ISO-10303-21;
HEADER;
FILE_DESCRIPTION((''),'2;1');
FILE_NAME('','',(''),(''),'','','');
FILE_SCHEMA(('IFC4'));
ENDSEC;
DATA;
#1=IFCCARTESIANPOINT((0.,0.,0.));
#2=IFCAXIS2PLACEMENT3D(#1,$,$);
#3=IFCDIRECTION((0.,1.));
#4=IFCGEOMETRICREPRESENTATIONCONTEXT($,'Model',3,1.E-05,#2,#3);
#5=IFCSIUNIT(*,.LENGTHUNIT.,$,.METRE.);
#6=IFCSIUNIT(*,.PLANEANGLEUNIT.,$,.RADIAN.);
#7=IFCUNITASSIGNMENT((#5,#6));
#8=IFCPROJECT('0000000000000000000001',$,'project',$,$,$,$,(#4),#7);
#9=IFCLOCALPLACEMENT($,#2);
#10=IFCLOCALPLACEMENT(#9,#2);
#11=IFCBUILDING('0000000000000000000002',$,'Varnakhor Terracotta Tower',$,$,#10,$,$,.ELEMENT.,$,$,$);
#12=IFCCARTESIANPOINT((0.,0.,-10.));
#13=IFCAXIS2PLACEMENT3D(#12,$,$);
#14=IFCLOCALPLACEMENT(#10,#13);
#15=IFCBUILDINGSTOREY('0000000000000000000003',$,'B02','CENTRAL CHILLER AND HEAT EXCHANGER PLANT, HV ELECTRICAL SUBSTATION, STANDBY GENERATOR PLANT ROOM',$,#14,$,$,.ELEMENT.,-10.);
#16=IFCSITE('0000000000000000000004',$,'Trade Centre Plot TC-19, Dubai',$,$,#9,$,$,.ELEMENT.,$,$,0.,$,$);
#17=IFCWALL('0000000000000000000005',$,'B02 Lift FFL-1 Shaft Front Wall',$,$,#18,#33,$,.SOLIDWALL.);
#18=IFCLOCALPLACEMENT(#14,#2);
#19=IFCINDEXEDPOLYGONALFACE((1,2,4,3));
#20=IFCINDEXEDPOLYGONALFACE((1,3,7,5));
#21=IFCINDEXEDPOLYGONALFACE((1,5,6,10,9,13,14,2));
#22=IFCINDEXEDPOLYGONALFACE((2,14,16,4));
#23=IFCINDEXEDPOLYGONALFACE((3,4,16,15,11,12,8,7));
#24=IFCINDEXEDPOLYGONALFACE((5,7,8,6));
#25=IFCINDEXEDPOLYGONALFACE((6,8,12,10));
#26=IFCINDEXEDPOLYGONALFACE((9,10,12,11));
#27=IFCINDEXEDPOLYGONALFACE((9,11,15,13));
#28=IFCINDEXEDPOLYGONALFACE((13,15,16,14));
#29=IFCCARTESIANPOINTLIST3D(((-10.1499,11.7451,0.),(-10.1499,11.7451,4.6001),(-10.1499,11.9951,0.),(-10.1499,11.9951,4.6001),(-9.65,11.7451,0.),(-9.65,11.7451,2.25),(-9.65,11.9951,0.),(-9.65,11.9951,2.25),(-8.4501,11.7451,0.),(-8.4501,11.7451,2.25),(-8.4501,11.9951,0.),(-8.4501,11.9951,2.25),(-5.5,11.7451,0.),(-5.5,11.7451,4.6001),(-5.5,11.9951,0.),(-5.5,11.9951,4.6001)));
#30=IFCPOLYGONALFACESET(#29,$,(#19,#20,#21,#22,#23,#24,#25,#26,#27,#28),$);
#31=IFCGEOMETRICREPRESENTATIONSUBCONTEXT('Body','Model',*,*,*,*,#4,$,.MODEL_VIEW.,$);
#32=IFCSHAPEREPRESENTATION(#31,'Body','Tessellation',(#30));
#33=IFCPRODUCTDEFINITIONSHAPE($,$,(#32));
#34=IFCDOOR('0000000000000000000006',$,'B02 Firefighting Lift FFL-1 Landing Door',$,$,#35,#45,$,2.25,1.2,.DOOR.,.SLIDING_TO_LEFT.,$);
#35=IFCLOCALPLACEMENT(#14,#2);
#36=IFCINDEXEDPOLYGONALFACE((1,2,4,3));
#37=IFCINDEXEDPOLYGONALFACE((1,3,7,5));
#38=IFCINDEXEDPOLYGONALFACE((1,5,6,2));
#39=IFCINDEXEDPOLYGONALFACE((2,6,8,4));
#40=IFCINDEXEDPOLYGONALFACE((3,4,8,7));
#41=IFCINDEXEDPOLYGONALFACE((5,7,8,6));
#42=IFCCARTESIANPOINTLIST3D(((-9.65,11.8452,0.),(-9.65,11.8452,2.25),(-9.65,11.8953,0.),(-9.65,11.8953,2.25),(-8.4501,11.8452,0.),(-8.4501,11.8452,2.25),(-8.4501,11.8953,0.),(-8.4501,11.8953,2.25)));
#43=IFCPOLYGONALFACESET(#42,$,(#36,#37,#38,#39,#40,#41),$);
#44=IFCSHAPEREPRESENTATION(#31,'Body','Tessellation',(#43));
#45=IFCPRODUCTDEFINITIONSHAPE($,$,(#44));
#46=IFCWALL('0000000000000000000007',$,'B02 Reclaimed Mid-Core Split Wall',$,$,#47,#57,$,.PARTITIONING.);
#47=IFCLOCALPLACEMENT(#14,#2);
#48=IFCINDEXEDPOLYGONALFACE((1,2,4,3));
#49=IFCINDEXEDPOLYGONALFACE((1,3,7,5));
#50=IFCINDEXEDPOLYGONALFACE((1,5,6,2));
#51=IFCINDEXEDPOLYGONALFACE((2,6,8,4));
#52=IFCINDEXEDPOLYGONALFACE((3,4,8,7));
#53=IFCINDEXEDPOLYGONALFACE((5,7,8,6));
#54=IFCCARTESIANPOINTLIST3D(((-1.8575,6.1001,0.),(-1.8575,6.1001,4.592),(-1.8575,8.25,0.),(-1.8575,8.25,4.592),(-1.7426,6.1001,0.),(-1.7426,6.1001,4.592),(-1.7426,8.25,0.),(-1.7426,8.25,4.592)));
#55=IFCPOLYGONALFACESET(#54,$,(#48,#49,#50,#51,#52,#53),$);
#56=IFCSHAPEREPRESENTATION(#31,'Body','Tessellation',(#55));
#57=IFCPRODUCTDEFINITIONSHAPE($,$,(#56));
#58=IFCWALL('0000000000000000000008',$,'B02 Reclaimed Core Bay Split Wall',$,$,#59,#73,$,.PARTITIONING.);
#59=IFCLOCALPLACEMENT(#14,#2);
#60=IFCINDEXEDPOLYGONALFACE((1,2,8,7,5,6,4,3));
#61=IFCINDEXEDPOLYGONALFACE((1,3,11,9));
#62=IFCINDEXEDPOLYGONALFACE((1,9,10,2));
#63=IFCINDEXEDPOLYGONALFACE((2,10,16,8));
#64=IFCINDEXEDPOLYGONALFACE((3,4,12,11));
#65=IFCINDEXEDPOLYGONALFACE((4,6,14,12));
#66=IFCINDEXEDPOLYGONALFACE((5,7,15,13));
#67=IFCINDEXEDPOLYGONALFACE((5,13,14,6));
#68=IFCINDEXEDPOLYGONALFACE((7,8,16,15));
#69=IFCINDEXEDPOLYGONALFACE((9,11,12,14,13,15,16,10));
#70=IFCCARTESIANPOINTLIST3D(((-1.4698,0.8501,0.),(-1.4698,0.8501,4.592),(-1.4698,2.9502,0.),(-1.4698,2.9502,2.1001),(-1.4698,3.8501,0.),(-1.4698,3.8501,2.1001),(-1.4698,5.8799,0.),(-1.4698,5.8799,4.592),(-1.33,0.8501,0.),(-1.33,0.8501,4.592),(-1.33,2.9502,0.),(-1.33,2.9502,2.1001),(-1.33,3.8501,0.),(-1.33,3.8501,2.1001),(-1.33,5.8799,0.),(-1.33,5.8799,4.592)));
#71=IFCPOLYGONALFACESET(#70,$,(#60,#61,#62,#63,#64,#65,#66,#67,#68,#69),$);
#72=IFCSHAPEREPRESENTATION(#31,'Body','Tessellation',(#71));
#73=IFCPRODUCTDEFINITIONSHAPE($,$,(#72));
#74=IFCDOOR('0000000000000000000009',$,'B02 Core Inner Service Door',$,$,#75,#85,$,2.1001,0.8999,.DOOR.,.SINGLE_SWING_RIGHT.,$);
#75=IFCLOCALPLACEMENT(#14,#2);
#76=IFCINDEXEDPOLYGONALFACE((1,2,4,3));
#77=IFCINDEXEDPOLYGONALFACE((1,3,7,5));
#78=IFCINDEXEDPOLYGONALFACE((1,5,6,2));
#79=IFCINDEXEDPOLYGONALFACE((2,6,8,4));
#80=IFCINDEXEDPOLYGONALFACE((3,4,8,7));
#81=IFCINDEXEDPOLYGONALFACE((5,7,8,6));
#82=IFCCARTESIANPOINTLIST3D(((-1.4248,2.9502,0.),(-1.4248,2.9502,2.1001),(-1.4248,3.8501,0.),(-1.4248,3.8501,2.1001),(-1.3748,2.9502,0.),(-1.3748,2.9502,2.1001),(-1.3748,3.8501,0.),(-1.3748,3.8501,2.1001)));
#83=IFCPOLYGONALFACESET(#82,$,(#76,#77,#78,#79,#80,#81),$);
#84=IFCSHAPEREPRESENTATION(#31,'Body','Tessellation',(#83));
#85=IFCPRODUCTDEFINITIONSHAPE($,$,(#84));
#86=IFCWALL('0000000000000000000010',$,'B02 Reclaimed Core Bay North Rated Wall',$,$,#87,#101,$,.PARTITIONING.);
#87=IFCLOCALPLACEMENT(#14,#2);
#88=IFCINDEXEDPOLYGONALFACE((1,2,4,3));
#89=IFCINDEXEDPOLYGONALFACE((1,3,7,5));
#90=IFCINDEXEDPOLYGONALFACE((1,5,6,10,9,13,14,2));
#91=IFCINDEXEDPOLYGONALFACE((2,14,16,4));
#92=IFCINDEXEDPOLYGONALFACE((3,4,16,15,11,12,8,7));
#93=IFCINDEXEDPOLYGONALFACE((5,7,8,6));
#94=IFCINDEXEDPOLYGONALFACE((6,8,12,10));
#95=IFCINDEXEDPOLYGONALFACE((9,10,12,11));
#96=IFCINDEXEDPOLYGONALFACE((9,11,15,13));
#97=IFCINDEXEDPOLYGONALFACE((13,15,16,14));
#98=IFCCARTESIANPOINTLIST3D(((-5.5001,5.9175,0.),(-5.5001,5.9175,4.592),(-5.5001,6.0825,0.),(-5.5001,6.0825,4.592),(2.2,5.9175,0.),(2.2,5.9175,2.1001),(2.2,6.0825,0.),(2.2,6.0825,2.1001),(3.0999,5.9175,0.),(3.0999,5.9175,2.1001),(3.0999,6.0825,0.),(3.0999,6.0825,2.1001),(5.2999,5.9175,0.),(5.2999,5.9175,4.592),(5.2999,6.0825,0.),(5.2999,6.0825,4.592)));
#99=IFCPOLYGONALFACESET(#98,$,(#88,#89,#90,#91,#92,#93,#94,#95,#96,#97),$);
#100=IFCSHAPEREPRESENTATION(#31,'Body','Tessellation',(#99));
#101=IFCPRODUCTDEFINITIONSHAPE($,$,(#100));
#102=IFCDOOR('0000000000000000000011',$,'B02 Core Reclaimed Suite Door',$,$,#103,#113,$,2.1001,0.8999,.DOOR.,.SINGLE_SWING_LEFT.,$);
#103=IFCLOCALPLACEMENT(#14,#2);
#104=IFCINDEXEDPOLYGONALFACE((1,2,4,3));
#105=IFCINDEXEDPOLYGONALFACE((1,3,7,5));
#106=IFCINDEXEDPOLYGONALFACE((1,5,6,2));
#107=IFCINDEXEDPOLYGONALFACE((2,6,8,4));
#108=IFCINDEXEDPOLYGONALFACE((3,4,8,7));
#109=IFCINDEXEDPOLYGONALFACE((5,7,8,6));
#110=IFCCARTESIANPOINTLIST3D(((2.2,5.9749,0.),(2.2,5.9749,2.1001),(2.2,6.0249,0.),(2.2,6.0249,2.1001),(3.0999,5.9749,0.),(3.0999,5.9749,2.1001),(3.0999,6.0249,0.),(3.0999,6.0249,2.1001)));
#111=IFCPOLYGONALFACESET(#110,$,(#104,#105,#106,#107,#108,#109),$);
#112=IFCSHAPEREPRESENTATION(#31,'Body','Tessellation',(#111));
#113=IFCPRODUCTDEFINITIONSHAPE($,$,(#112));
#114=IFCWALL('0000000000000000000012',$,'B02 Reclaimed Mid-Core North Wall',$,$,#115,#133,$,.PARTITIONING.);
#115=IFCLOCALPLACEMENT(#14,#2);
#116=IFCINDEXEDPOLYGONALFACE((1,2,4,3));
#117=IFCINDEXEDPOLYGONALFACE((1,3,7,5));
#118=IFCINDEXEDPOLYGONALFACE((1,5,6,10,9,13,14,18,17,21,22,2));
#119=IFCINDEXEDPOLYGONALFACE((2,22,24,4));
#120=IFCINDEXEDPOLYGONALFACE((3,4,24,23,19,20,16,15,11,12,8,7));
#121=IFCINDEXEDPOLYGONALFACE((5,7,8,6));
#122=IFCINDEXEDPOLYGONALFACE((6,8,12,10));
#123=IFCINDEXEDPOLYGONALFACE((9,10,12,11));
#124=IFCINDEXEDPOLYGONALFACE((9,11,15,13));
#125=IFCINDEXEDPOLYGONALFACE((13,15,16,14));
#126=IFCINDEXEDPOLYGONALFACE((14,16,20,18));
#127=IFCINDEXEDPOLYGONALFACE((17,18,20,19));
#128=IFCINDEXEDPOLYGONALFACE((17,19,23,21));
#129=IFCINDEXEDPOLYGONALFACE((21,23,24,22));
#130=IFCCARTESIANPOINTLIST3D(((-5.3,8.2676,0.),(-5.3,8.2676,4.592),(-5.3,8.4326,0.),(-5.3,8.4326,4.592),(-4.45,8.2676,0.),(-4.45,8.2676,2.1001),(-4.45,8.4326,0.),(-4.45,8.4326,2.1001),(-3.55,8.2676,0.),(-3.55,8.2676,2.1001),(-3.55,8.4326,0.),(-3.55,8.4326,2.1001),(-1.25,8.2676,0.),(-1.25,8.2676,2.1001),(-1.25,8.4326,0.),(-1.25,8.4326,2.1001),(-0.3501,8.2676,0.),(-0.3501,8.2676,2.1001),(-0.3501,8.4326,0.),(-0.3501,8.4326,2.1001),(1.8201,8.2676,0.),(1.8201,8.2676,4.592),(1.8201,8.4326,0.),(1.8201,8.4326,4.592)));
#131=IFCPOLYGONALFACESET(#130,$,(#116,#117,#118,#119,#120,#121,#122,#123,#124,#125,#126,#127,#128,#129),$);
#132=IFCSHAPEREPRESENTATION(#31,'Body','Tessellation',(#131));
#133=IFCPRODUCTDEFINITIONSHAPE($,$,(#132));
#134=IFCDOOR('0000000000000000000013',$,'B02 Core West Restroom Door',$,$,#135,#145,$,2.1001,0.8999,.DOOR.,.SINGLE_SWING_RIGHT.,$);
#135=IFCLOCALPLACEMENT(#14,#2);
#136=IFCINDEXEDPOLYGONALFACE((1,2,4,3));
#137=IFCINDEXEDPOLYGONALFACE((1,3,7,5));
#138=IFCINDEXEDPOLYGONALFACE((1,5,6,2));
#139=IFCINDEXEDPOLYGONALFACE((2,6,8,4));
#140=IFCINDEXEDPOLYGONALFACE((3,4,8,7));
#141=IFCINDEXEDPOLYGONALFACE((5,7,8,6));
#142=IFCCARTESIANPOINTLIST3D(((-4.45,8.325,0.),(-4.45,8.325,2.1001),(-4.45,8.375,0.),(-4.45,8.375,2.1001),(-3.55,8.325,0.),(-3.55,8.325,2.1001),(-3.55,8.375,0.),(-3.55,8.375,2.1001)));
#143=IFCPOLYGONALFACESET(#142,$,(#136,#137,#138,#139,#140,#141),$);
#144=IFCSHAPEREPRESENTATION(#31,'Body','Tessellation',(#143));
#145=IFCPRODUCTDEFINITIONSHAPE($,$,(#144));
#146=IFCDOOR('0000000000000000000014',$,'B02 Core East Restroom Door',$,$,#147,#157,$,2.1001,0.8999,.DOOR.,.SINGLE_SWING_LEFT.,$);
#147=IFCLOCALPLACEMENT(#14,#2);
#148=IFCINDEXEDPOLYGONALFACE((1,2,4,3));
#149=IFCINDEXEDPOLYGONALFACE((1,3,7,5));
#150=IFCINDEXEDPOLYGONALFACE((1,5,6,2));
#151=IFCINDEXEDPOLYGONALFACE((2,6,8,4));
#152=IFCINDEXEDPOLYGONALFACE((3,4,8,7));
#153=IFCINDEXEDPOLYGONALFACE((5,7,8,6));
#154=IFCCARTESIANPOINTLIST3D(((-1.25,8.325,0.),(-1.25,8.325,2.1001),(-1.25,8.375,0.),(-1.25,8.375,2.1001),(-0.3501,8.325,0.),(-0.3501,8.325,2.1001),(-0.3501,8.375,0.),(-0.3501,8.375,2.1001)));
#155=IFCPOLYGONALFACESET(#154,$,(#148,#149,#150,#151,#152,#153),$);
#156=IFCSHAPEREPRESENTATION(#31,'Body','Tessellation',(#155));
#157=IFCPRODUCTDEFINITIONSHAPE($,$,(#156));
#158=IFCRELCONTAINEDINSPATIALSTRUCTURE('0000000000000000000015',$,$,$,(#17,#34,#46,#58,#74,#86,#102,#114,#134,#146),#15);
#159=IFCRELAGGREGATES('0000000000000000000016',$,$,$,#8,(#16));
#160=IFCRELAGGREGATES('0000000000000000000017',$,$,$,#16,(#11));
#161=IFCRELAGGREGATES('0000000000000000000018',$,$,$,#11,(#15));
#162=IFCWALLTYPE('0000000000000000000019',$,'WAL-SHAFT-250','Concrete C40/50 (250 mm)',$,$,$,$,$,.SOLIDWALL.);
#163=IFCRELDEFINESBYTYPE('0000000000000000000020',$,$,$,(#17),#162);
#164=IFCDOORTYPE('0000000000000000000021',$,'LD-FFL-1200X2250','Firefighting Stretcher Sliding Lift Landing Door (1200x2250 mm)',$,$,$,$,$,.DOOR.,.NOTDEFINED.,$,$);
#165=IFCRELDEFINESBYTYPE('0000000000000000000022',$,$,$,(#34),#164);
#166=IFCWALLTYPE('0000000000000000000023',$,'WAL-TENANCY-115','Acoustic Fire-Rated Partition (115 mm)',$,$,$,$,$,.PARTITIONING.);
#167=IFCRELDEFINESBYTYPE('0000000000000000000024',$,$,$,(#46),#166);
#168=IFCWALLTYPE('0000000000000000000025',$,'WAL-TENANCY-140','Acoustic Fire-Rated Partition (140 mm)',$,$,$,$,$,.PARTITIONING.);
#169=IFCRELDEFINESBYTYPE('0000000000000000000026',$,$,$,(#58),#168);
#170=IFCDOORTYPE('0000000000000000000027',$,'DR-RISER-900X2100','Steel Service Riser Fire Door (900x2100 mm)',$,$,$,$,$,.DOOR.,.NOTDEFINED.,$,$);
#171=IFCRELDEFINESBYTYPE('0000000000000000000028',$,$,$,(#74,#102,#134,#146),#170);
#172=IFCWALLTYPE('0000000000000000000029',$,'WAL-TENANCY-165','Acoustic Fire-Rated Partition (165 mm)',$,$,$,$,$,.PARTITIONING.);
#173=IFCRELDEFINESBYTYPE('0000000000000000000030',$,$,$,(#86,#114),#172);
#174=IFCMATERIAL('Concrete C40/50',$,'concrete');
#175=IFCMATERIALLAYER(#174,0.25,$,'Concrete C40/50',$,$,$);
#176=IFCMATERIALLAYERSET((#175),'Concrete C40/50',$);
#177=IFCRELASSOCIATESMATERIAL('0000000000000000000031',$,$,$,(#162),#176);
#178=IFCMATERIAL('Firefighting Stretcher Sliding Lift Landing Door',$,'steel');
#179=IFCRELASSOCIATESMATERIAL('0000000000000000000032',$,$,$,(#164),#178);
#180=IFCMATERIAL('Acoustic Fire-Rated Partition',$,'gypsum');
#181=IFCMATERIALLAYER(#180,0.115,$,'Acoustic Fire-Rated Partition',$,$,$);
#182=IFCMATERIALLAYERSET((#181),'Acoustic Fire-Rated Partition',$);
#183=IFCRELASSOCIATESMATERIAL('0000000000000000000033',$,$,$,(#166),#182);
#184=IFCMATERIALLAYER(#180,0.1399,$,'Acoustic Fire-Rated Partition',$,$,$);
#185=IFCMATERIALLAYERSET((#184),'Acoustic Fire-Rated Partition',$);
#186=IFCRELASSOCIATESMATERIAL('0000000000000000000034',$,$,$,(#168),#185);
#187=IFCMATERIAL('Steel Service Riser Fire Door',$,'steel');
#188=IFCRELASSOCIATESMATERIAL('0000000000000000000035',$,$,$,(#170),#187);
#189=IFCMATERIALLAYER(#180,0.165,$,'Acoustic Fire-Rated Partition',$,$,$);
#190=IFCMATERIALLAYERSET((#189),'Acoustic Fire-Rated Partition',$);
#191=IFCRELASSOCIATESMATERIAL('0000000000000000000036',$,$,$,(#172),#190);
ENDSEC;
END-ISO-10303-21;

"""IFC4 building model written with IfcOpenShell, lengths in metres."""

from ifc_helpers import new_model, si_unit, direction, frame, frame_2d, origin, place, context, subcontext, project, spatial, rectangle, extrude, source, transform, mapped, material, layer, layer_set, type_object, type_shapes, element, fill, save


model = new_model("IFC4")

# Units and contexts
model_context = context("Model", 3, precision=1e-05, world=origin(), true_north=direction((0.0, 1.0)))
body_context = subcontext(model_context, "Body", "Model", "MODEL_VIEW")
ifc_project = project(units=[si_unit("LENGTHUNIT", "METRE"), si_unit("PLANEANGLEUNIT", "RADIAN")], contexts=[model_context])

# Site, building, storey
site_placement = place(None, origin())
site = spatial("IfcSite", under=ifc_project, at=site_placement, Name="Trade Centre Plot TC-19, Dubai", CompositionType="ELEMENT", RefElevation=0.0)
building_placement = place(site_placement, origin())
building = spatial("IfcBuilding", under=site, at=building_placement, Name="Varnakhor Terracotta Tower", CompositionType="ELEMENT")
storey_placement = place(building_placement, frame((0.0, 0.0, -10.0)))
storey = spatial("IfcBuildingStorey", under=building, at=storey_placement, Name="B02", Description="CENTRAL CHILLER AND HEAT EXCHANGER PLANT, HV ELECTRICAL SUBSTATION, STANDBY GENERATOR PLANT ROOM", CompositionType="ELEMENT", Elevation=-10.0)

# Shared definitions
ifc_material_1 = material(Name="Concrete C40/50", Category="concrete")

# Shared definitions
ifc_layer_1 = layer(ifc_material_1, 0.25, Name="Concrete C40/50")
ifc_layer_set_1 = layer_set([ifc_layer_1], Name="Concrete C40/50")
wall_type_1 = type_object("IfcWallType", Name="WAL-SHAFT-250", Description="Concrete C40/50 (250 mm)", PredefinedType="SOLIDWALL", material=ifc_layer_set_1)

# Wall, opening, door
wall_1_placement = place(storey_placement, frame((-5.5, 11.8701, 0.0), z_axis=(0.0, 0.0, 1.0), x_axis=(-1.0, 0.0, 0.0)))
wall_1 = element("IfcWall", 1, at=wall_1_placement, inside=storey, type_object=wall_type_1, Name="B02 Lift FFL-1 Shaft Front Wall", PredefinedType="SOLIDWALL", context=body_context, shape_type="SweptSolid", body=[
    extrude(rectangle(XDim=4.6499, YDim=0.25, at=frame_2d((2.325, 0.0))), origin(), (0.0, 0.0, 1.0), 4.6001),
])
opening_1_placement = place(wall_1_placement, frame((2.95, 0.0, 0.0)))
opening_1 = element("IfcOpeningElement", 2, at=opening_1_placement, cuts=wall_1, PredefinedType="OPENING", context=body_context, shape_type="SweptSolid", body=[
    extrude(rectangle(XDim=1.2, YDim=2.25, at=frame_2d((0.6001, 1.125))), frame((0.0, 0.135, 0.0), z_axis=(0.0, -1.0, 0.0), x_axis=(1.0, 0.0, 0.0)), (0.0, 0.0, 1.0), 0.27),
])
ifc_material_2 = material(Name="Firefighting Stretcher Sliding Lift Landing Door", Category="steel")
door_type_1 = type_object("IfcDoorType", Name="LD-FFL-1200X2250", Description="Firefighting Stretcher Sliding Lift Landing Door (1200x2250 mm)", OperationType="NOTDEFINED", PredefinedType="DOOR", material=ifc_material_2)
shared_shape_1 = source(origin(), body_context, "Body", "SweptSolid", [
    extrude(rectangle(XDim=1.2, YDim=2.25, at=frame_2d((0.6001, 1.125))), frame((0.0, 0.0249, 0.0), z_axis=(0.0, -1.0, 0.0), x_axis=(1.0, 0.0, 0.0)), (0.0, 0.0, 1.0), 0.05),
])
type_shapes(door_type_1, [shared_shape_1])
door_1_placement = place(opening_1_placement, origin())
door_1 = element("IfcDoor", 3, at=door_1_placement, inside=storey, type_object=door_type_1, Name="B02 Firefighting Lift FFL-1 Landing Door", OperationType="SLIDING_TO_LEFT", OverallHeight=2.25, OverallWidth=1.2, PredefinedType="DOOR", context=body_context, shape_type="MappedRepresentation", body=[
    mapped(shared_shape_1, transform((0.0, 0.0, 0.0), scale=1.0)),
])
fill(opening_1, door_1)

# Wall
ifc_material_3 = material(Name="Acoustic Fire-Rated Partition", Category="gypsum")
ifc_layer_2 = layer(ifc_material_3, 0.115, Name="Acoustic Fire-Rated Partition")
ifc_layer_set_2 = layer_set([ifc_layer_2], Name="Acoustic Fire-Rated Partition")
wall_type_2 = type_object("IfcWallType", Name="WAL-TENANCY-115", Description="Acoustic Fire-Rated Partition (115 mm)", PredefinedType="PARTITIONING", material=ifc_layer_set_2)
wall_2_placement = place(storey_placement, frame((-1.8, 6.1001, 0.0), z_axis=(0.0, 0.0, 1.0), x_axis=(0.0, 1.0, 0.0)))
element("IfcWall", 4, at=wall_2_placement, inside=storey, type_object=wall_type_2, Name="B02 Reclaimed Mid-Core Split Wall", PredefinedType="PARTITIONING", context=body_context, shape_type="SweptSolid", body=[
    extrude(rectangle(XDim=2.1499, YDim=0.115, at=frame_2d((1.075, 0.0))), origin(), (0.0, 0.0, 1.0), 4.592),
])

# Walls, openings, doors
ifc_layer_3 = layer(ifc_material_3, 0.1399, Name="Acoustic Fire-Rated Partition")
ifc_layer_set_3 = layer_set([ifc_layer_3], Name="Acoustic Fire-Rated Partition")
wall_type_3 = type_object("IfcWallType", Name="WAL-TENANCY-140", Description="Acoustic Fire-Rated Partition (140 mm)", PredefinedType="PARTITIONING", material=ifc_layer_set_3)
wall_3_placement = place(storey_placement, frame((-1.3999, 0.8501, 0.0), z_axis=(0.0, 0.0, 1.0), x_axis=(0.0, 1.0, 0.0)))
wall_3 = element("IfcWall", 5, at=wall_3_placement, inside=storey, type_object=wall_type_3, Name="B02 Reclaimed Core Bay Split Wall", PredefinedType="PARTITIONING", context=body_context, shape_type="SweptSolid", body=[
    extrude(rectangle(XDim=5.0298, YDim=0.1399, at=frame_2d((2.5149, 0.0))), origin(), (0.0, 0.0, 1.0), 4.592),
])
opening_2_placement = place(wall_3_placement, frame((2.1001, 0.0, 0.0)))
opening_2 = element("IfcOpeningElement", 6, at=opening_2_placement, cuts=wall_3, PredefinedType="OPENING", context=body_context, shape_type="SweptSolid", body=[
    extrude(rectangle(XDim=0.8999, YDim=2.1001, at=frame_2d((0.45, 1.05))), frame((0.0, 0.0801, 0.0), z_axis=(0.0, -1.0, 0.0), x_axis=(1.0, 0.0, 0.0)), (0.0, 0.0, 1.0), 0.1599),
])
ifc_material_4 = material(Name="Steel Service Riser Fire Door", Category="steel")
door_type_2 = type_object("IfcDoorType", Name="DR-RISER-900X2100", Description="Steel Service Riser Fire Door (900x2100 mm)", OperationType="NOTDEFINED", PredefinedType="DOOR", material=ifc_material_4)
shared_shape_2 = source(origin(), body_context, "Body", "SweptSolid", [
    extrude(rectangle(XDim=0.8999, YDim=2.1001, at=frame_2d((0.45, 1.05))), frame((0.0, 0.0249, 0.0), z_axis=(0.0, -1.0, 0.0), x_axis=(1.0, 0.0, 0.0)), (0.0, 0.0, 1.0), 0.05),
])
type_shapes(door_type_2, [shared_shape_2])
door_2_placement = place(opening_2_placement, origin())
door_2 = element("IfcDoor", 7, at=door_2_placement, inside=storey, type_object=door_type_2, Name="B02 Core Inner Service Door", OperationType="SINGLE_SWING_RIGHT", OverallHeight=2.1001, OverallWidth=0.8999, PredefinedType="DOOR", context=body_context, shape_type="MappedRepresentation", body=[
    mapped(shared_shape_2, transform((0.0, 0.0, 0.0), scale=1.0)),
])
fill(opening_2, door_2)
ifc_layer_4 = layer(ifc_material_3, 0.165, Name="Acoustic Fire-Rated Partition")
ifc_layer_set_4 = layer_set([ifc_layer_4], Name="Acoustic Fire-Rated Partition")
wall_type_4 = type_object("IfcWallType", Name="WAL-TENANCY-165", Description="Acoustic Fire-Rated Partition (165 mm)", PredefinedType="PARTITIONING", material=ifc_layer_set_4)
wall_4_placement = place(storey_placement, frame((-5.5, 6.0, 0.0), z_axis=(0.0, 0.0, 1.0), x_axis=(1.0, 0.0, 0.0)))
wall_4 = element("IfcWall", 8, at=wall_4_placement, inside=storey, type_object=wall_type_4, Name="B02 Reclaimed Core Bay North Rated Wall", PredefinedType="PARTITIONING", context=body_context, shape_type="SweptSolid", body=[
    extrude(rectangle(XDim=10.8, YDim=0.165, at=frame_2d((5.3999, 0.0))), origin(), (0.0, 0.0, 1.0), 4.592),
])
opening_3_placement = place(wall_4_placement, frame((7.7, 0.0, 0.0)))
opening_3 = element("IfcOpeningElement", 9, at=opening_3_placement, cuts=wall_4, PredefinedType="OPENING", context=body_context, shape_type="SweptSolid", body=[
    extrude(rectangle(XDim=0.8999, YDim=2.1001, at=frame_2d((0.45, 1.05))), frame((0.0, 0.0925, 0.0), z_axis=(0.0, -1.0, 0.0), x_axis=(1.0, 0.0, 0.0)), (0.0, 0.0, 1.0), 0.1851),
])
door_3_placement = place(opening_3_placement, origin())
door_3 = element("IfcDoor", 10, at=door_3_placement, inside=storey, type_object=door_type_2, Name="B02 Core Reclaimed Suite Door", OperationType="SINGLE_SWING_LEFT", OverallHeight=2.1001, OverallWidth=0.8999, PredefinedType="DOOR", context=body_context, shape_type="MappedRepresentation", body=[
    mapped(shared_shape_2, transform((0.0, 0.0, 0.0), scale=1.0)),
])
fill(opening_3, door_3)

# Wall, openings, doors
wall_5_placement = place(storey_placement, frame((-5.3, 8.3501, 0.0), z_axis=(0.0, 0.0, 1.0), x_axis=(1.0, 0.0, 0.0)))
wall_5 = element("IfcWall", 11, at=wall_5_placement, inside=storey, type_object=wall_type_4, Name="B02 Reclaimed Mid-Core North Wall", PredefinedType="PARTITIONING", context=body_context, shape_type="SweptSolid", body=[
    extrude(rectangle(XDim=7.1201, YDim=0.165, at=frame_2d((3.5601, 0.0))), origin(), (0.0, 0.0, 1.0), 4.592),
])
opening_4_placement = place(wall_5_placement, frame((0.8501, 0.0, 0.0)))
opening_4 = element("IfcOpeningElement", 12, at=opening_4_placement, cuts=wall_5, PredefinedType="OPENING", context=body_context, shape_type="SweptSolid", body=[
    extrude(rectangle(XDim=0.8999, YDim=2.1001, at=frame_2d((0.45, 1.05))), frame((0.0, 0.0925, 0.0), z_axis=(0.0, -1.0, 0.0), x_axis=(1.0, 0.0, 0.0)), (0.0, 0.0, 1.0), 0.1851),
])
opening_5_placement = place(wall_5_placement, frame((4.05, 0.0, 0.0)))
opening_5 = element("IfcOpeningElement", 13, at=opening_5_placement, cuts=wall_5, PredefinedType="OPENING", context=body_context, shape_type="SweptSolid", body=[
    extrude(rectangle(XDim=0.8999, YDim=2.1001, at=frame_2d((0.45, 1.05))), frame((0.0, 0.0925, 0.0), z_axis=(0.0, -1.0, 0.0), x_axis=(1.0, 0.0, 0.0)), (0.0, 0.0, 1.0), 0.1851),
])
door_4_placement = place(opening_4_placement, origin())
door_4 = element("IfcDoor", 14, at=door_4_placement, inside=storey, type_object=door_type_2, Name="B02 Core West Restroom Door", OperationType="SINGLE_SWING_RIGHT", OverallHeight=2.1001, OverallWidth=0.8999, PredefinedType="DOOR", context=body_context, shape_type="MappedRepresentation", body=[
    mapped(shared_shape_2, transform((0.0, 0.0, 0.0), scale=1.0)),
])
fill(opening_4, door_4)
door_5_placement = place(opening_5_placement, origin())
door_5 = element("IfcDoor", 15, at=door_5_placement, inside=storey, type_object=door_type_2, Name="B02 Core East Restroom Door", OperationType="SINGLE_SWING_LEFT", OverallHeight=2.1001, OverallWidth=0.8999, PredefinedType="DOOR", context=body_context, shape_type="MappedRepresentation", body=[
    mapped(shared_shape_2, transform((0.0, 0.0, 0.0), scale=1.0)),
])
fill(opening_5, door_5)

save(model, "model.ifc")
